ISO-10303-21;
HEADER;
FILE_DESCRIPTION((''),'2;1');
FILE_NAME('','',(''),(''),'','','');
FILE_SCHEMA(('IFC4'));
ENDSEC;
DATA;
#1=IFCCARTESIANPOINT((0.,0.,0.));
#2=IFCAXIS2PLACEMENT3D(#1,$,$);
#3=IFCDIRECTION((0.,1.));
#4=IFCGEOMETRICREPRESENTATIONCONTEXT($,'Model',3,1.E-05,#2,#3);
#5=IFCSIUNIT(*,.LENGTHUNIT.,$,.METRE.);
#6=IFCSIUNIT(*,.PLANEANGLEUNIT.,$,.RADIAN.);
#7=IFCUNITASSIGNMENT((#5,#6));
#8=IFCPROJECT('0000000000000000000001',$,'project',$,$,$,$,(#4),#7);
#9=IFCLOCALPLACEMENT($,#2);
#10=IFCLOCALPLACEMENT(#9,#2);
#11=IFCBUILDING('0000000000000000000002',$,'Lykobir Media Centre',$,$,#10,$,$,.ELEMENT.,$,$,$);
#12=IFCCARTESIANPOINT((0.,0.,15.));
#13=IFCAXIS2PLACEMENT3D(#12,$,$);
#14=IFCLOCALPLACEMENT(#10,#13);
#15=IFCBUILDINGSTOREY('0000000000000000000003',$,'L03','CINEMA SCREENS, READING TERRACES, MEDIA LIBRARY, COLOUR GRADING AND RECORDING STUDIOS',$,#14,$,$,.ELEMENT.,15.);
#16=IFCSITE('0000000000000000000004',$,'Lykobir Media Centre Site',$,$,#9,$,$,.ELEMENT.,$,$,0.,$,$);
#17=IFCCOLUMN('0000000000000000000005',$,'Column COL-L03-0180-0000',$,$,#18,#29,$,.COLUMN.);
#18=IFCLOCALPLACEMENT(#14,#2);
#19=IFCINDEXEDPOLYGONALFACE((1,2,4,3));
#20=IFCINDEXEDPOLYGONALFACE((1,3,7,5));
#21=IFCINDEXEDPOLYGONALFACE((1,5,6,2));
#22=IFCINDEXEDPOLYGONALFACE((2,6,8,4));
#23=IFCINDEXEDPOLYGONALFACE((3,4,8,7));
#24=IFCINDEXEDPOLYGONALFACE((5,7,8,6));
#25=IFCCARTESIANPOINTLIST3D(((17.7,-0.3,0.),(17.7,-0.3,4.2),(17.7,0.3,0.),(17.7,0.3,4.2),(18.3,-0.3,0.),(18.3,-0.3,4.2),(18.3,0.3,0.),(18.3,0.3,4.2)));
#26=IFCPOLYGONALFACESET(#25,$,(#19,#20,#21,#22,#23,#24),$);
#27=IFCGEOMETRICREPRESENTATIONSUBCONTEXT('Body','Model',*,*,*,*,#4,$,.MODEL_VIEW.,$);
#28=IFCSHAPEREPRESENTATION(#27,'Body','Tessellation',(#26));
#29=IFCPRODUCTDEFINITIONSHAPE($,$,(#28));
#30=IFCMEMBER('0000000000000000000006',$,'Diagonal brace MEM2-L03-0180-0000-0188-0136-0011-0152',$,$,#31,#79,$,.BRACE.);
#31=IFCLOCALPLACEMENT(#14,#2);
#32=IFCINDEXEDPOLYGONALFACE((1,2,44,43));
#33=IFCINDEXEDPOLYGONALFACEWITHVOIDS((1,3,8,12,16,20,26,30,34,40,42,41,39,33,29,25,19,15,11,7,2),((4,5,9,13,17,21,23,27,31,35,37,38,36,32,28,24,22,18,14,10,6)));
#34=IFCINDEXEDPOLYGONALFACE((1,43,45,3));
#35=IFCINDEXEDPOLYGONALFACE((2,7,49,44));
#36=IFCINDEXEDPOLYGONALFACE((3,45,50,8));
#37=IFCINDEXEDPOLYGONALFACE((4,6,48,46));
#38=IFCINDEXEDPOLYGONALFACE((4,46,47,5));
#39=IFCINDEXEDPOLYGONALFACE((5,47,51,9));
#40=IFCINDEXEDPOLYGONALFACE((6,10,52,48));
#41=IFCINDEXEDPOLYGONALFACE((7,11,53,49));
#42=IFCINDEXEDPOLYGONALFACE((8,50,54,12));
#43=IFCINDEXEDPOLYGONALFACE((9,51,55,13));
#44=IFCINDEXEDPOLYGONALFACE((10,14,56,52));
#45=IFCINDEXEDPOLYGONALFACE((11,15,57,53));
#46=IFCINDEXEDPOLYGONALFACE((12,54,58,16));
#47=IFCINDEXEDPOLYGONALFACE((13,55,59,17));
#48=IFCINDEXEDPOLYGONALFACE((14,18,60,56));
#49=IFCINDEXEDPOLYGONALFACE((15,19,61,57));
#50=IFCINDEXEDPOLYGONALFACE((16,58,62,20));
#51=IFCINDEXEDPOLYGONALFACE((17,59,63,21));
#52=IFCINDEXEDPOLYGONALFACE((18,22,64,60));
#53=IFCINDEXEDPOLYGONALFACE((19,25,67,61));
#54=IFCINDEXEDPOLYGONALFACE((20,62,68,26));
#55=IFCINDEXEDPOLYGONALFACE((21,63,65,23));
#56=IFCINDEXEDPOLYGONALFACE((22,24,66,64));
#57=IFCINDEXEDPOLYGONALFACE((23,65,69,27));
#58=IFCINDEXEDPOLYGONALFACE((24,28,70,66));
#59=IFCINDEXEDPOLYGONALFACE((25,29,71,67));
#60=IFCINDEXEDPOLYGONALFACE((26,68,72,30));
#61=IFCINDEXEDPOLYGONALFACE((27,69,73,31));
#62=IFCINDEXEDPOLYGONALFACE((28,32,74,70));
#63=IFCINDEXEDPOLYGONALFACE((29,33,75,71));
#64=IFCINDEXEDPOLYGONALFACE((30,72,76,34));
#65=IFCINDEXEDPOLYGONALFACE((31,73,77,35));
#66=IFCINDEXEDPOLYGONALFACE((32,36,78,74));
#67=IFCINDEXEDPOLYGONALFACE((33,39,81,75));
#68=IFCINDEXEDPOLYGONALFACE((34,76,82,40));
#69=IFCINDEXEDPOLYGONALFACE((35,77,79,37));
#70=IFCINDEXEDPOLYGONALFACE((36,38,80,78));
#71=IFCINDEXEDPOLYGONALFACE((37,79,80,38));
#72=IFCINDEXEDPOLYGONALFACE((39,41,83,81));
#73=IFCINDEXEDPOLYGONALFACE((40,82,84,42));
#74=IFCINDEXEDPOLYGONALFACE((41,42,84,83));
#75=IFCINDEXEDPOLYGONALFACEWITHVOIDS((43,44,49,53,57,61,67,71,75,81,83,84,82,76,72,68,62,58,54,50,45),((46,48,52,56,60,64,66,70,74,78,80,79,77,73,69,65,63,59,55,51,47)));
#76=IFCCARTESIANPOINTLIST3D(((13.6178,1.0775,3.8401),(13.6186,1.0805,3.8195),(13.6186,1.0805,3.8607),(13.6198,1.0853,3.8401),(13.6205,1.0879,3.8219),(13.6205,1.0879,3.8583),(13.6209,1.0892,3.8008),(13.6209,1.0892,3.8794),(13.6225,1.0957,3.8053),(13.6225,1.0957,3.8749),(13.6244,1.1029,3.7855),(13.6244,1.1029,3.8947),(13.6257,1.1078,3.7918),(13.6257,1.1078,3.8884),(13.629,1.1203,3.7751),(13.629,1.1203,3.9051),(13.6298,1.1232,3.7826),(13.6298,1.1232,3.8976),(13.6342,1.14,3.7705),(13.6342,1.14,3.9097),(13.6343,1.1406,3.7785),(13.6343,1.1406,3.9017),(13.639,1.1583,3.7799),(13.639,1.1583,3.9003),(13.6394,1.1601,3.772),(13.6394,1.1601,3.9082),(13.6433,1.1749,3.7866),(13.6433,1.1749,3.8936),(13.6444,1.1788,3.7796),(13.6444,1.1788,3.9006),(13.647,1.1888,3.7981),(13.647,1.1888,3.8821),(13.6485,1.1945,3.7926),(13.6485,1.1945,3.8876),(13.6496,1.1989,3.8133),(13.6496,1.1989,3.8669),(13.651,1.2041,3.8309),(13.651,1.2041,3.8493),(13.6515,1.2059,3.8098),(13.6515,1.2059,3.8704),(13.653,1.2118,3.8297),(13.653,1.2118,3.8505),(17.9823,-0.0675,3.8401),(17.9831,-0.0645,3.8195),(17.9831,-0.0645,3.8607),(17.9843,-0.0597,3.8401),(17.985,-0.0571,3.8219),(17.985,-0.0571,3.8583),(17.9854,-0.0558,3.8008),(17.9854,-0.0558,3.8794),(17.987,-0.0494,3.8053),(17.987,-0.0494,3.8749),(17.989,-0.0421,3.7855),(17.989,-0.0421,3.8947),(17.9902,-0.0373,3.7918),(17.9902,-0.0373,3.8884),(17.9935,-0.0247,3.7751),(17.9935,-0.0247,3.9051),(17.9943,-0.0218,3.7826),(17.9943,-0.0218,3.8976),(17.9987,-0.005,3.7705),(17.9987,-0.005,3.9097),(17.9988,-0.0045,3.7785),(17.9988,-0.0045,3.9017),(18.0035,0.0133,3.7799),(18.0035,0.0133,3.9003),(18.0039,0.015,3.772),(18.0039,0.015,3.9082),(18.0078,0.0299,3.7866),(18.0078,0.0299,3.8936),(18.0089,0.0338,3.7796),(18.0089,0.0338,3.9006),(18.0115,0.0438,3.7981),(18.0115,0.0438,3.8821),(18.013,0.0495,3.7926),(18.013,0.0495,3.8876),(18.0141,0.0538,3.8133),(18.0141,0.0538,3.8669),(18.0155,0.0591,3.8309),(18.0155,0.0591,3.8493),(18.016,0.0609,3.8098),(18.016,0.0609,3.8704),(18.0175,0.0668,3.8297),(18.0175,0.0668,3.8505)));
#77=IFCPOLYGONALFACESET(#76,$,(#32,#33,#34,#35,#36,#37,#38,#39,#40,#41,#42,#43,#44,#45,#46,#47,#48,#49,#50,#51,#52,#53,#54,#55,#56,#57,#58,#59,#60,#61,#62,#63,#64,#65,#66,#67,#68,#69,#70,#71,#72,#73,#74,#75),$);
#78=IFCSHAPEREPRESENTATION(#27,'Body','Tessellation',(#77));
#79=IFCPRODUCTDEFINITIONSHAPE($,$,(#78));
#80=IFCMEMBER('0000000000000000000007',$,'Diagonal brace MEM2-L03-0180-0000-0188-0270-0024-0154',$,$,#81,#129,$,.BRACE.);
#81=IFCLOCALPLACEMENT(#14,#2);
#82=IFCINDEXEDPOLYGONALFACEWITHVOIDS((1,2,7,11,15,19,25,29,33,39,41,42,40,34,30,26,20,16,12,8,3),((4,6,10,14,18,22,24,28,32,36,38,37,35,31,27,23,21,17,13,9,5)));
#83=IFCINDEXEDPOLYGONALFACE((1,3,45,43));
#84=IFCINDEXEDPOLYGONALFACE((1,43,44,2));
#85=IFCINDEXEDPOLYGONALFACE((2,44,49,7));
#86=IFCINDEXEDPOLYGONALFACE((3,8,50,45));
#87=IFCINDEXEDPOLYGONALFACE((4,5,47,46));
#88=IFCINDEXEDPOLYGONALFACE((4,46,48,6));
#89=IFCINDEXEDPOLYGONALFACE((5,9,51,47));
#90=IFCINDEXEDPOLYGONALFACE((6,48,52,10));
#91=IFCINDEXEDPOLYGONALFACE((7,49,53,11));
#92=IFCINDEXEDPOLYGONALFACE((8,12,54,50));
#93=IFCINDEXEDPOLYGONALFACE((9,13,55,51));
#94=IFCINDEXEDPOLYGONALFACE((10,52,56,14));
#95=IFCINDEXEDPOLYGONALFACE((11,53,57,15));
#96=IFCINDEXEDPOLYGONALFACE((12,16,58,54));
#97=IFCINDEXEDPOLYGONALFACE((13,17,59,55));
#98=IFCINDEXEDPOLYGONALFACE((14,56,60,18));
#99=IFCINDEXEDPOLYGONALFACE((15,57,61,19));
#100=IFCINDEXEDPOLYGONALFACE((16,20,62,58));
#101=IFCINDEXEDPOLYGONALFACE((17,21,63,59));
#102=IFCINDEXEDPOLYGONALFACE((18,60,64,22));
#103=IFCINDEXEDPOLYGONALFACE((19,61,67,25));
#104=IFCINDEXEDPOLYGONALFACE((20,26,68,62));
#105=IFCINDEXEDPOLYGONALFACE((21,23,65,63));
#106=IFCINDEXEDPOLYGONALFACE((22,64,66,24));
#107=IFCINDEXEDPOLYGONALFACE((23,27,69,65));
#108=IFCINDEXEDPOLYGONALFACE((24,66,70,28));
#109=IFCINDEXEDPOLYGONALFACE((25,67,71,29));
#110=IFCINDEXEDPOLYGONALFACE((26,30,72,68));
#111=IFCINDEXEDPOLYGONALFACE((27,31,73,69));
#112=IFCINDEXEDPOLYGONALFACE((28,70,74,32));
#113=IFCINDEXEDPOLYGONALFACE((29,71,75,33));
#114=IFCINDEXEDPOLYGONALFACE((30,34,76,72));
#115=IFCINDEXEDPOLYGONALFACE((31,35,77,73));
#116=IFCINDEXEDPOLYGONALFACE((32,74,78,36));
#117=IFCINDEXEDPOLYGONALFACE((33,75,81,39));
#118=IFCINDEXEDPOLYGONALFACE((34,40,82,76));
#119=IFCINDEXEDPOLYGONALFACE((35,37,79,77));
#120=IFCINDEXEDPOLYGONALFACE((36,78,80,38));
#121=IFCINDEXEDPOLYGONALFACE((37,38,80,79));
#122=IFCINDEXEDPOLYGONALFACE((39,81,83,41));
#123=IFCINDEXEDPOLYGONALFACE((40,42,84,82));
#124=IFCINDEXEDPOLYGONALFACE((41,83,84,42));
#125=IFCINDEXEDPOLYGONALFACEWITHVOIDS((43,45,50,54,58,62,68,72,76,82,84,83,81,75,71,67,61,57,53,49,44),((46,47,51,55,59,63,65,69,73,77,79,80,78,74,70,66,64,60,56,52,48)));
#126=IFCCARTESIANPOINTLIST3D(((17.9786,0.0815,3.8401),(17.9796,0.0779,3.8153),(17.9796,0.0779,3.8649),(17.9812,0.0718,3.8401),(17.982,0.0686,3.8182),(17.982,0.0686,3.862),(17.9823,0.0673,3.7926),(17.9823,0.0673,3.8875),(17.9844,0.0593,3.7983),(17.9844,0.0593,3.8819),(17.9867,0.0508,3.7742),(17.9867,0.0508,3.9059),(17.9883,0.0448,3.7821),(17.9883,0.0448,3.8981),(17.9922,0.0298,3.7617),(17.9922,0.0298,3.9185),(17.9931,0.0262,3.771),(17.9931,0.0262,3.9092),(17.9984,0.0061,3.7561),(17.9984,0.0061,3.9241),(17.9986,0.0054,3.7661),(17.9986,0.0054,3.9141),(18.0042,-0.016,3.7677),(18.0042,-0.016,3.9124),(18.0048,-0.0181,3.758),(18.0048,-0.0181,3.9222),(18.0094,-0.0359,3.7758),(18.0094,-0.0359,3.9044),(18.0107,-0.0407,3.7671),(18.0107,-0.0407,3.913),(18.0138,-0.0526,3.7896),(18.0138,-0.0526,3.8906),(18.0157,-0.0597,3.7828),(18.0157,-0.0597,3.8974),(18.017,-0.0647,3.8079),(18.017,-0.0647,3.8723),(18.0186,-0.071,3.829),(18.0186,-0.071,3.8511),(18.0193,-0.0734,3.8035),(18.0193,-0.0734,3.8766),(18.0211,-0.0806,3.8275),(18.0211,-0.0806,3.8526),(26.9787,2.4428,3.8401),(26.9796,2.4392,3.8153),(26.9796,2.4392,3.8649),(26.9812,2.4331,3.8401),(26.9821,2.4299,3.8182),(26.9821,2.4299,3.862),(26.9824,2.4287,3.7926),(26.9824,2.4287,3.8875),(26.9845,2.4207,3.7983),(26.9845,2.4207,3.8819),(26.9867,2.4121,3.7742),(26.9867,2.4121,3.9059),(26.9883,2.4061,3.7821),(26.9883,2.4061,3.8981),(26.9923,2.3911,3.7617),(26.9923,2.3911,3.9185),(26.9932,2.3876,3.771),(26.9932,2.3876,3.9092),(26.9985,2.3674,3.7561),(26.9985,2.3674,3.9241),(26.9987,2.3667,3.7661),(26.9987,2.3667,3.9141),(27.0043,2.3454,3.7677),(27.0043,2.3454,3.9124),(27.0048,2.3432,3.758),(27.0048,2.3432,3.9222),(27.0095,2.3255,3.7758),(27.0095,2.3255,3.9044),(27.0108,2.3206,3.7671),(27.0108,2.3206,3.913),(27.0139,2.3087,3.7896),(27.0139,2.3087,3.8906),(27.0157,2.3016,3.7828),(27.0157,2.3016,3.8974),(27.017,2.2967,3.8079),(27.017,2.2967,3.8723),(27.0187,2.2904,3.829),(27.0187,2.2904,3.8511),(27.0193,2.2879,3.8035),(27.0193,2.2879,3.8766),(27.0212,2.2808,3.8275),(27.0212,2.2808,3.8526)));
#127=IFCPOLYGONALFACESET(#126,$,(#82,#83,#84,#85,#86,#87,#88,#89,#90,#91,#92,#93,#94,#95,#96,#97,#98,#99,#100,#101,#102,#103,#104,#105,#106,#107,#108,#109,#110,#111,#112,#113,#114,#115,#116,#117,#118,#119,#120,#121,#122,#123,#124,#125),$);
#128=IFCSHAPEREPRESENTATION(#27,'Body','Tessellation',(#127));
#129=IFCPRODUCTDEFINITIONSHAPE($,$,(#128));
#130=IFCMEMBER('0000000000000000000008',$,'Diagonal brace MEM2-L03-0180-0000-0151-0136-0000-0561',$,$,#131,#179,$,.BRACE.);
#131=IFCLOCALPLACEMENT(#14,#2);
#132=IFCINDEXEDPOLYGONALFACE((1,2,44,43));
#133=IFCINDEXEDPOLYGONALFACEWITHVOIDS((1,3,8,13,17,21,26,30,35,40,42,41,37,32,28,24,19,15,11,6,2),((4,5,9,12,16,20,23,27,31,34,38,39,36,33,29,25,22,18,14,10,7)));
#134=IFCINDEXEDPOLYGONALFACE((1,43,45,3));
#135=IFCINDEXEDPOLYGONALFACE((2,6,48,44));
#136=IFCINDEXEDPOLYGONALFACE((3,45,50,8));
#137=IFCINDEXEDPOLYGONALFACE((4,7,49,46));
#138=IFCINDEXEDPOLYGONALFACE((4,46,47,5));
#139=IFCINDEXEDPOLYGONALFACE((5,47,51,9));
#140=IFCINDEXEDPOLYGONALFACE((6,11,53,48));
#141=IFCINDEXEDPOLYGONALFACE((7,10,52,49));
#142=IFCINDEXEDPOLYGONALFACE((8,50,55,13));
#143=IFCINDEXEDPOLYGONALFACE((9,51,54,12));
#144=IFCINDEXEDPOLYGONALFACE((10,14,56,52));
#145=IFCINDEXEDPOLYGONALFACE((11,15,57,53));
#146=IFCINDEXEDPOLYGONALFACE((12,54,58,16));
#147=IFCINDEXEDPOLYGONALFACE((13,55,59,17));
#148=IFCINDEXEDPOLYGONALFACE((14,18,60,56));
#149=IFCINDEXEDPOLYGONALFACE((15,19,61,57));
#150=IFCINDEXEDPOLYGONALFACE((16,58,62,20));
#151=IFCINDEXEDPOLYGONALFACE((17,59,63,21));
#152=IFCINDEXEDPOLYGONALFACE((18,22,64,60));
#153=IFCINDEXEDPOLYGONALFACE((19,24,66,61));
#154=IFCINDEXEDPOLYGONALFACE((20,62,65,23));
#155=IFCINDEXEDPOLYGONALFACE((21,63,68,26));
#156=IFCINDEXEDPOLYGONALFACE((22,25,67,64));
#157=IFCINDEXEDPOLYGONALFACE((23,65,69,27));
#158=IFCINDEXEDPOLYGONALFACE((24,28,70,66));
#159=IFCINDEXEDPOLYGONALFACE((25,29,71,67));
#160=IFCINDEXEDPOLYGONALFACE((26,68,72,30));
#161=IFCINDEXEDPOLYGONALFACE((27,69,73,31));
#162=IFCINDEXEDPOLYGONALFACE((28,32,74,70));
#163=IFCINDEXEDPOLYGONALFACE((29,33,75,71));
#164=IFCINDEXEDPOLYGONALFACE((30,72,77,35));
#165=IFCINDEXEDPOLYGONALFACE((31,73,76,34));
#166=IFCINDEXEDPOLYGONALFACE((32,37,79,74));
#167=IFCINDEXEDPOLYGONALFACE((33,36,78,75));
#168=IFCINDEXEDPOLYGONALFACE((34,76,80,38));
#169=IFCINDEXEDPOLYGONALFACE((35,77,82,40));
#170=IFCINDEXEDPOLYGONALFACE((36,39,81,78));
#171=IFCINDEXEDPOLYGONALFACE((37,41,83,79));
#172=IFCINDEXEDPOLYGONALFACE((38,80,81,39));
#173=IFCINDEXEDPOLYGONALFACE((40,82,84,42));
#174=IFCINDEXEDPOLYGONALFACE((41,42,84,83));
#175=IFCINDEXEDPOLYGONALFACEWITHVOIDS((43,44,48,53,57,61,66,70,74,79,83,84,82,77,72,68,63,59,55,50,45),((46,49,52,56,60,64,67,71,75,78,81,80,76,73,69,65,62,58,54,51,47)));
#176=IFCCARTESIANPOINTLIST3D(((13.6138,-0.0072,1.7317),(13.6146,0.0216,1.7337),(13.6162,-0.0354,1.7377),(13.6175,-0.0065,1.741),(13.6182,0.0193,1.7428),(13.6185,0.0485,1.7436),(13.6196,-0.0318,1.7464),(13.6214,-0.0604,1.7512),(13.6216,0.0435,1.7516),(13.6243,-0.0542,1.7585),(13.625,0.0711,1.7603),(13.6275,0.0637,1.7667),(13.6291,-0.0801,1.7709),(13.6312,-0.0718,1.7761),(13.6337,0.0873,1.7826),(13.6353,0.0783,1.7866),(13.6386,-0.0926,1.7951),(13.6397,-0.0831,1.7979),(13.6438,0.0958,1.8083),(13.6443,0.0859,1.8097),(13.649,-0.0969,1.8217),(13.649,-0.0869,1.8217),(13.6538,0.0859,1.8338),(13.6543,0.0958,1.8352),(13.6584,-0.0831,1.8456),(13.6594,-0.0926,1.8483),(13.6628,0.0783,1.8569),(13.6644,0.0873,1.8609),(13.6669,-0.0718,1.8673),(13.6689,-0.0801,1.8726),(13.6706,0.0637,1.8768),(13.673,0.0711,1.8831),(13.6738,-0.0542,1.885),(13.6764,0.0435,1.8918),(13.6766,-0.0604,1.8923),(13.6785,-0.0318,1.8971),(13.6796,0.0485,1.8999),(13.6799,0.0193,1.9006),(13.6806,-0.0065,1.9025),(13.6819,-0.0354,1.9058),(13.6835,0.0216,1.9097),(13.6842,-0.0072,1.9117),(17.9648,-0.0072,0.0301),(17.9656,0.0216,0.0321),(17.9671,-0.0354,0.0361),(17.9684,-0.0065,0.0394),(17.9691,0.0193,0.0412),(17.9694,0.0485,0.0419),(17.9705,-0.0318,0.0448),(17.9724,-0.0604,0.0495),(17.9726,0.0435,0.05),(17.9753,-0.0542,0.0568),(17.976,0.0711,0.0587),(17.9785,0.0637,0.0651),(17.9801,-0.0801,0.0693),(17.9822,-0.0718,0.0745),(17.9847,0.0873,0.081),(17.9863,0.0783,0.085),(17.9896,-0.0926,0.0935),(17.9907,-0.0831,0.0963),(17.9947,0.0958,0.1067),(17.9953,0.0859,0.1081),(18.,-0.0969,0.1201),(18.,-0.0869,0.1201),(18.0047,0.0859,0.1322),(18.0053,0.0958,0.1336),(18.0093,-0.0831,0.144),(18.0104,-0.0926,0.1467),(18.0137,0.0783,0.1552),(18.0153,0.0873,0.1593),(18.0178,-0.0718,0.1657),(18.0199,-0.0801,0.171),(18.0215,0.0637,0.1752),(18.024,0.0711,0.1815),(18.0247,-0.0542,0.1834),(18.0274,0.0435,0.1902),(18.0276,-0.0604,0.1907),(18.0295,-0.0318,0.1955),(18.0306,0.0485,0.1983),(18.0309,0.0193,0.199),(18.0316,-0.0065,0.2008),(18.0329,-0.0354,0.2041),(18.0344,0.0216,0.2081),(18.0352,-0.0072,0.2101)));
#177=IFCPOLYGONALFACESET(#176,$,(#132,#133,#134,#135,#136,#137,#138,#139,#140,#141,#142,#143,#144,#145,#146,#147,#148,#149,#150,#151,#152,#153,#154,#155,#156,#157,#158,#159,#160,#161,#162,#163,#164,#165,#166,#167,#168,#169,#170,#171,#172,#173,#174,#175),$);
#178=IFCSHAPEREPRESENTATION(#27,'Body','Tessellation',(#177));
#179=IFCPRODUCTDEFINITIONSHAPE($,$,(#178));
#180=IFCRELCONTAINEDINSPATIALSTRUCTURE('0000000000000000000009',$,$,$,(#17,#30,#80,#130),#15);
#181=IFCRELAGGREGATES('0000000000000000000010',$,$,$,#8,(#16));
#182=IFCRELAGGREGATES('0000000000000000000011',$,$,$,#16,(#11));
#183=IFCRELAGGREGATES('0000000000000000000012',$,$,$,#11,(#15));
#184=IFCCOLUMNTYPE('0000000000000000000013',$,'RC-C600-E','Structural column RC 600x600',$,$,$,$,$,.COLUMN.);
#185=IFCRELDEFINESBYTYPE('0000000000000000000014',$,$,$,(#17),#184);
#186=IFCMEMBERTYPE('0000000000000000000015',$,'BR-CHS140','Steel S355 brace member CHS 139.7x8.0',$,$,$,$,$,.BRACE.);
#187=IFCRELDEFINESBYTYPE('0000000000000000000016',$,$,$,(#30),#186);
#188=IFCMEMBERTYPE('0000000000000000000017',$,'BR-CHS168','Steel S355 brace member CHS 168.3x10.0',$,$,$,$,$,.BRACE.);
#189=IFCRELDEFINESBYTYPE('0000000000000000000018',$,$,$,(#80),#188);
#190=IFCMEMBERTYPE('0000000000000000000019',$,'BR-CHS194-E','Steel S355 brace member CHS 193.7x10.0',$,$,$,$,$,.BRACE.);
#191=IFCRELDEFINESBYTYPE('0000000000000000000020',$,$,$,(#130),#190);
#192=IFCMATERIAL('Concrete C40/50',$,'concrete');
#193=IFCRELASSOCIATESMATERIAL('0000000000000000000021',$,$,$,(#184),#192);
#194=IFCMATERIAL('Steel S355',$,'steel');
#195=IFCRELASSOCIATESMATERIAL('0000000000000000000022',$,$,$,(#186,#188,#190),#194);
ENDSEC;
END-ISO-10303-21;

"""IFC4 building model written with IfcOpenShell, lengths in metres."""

from ifc_helpers import new_model, si_unit, direction, frame, origin, origin_2d, place, context, subcontext, project, spatial, rectangle, hollow_circle, extrude, material, material_profile, profile_set, type_object, element, save


model = new_model("IFC4")

# Units and contexts
model_context = context("Model", 3, precision=1e-05, world=origin(), true_north=direction((0.0, 1.0)))
body_context = subcontext(model_context, "Body", "Model", "MODEL_VIEW")
ifc_project = project(units=[si_unit("LENGTHUNIT", "METRE"), si_unit("PLANEANGLEUNIT", "RADIAN")], contexts=[model_context])

# Site, building, storey
site_placement = place(None, origin())
site = spatial("IfcSite", under=ifc_project, at=site_placement, Name="Lykobir Media Centre Site", CompositionType="ELEMENT", RefElevation=0.0)
building_placement = place(site_placement, origin())
building = spatial("IfcBuilding", under=site, at=building_placement, Name="Lykobir Media Centre", CompositionType="ELEMENT")
storey_placement = place(building_placement, frame((0.0, 0.0, 15.0)))
storey = spatial("IfcBuildingStorey", under=building, at=storey_placement, Name="L03", Description="CINEMA SCREENS, READING TERRACES, MEDIA LIBRARY, COLOUR GRADING AND RECORDING STUDIOS", CompositionType="ELEMENT", Elevation=15.0)

# Column
ifc_material_1 = material(Name="Concrete C40/50", Category="concrete")
ifc_material_profile_1 = material_profile(ifc_material_1, rectangle(XDim=0.6001, YDim=0.6001, at=origin_2d()), Name="RC 600x600")
ifc_profile_set_1 = profile_set([ifc_material_profile_1], Name="Concrete C40/50")
column_type = type_object("IfcColumnType", Name="RC-C600-E", Description="Structural column RC 600x600", PredefinedType="COLUMN", material=ifc_profile_set_1)
column_placement = place(storey_placement, frame((18.0, 0.0, 0.0), z_axis=(0.0, 0.0, 1.0), x_axis=(1.0, 0.0, 0.0)))
element("IfcColumn", 1, at=column_placement, inside=storey, type_object=column_type, Name="Column COL-L03-0180-0000", PredefinedType="COLUMN", context=body_context, shape_type="SweptSolid", body=[
    extrude(rectangle(XDim=0.6001, YDim=0.6001, at=origin_2d()), origin(), (0.0, 0.0, 1.0), 4.2),
])

# Members
ifc_material_2 = material(Name="Steel S355", Category="steel")
ifc_material_profile_2 = material_profile(ifc_material_2, hollow_circle(Radius=0.0698, WallThickness=0.0081, at=origin_2d()), Name="CHS 139.7x8.0")
ifc_profile_set_2 = profile_set([ifc_material_profile_2], Name="Steel S355")
member_type_1 = type_object("IfcMemberType", Name="BR-CHS140", Description="Steel S355 brace member CHS 139.7x8.0", PredefinedType="BRACE", material=ifc_profile_set_2)
member_1_placement = place(storey_placement, frame((18.0, 0.0, 3.8401), z_axis=(-0.967267, 0.253761, 0.0), x_axis=(-0.253761, -0.967267, 0.0)))
element("IfcMember", 2, at=member_1_placement, inside=storey, type_object=member_type_1, Name="Diagonal brace MEM2-L03-0180-0000-0188-0136-0011-0152", PredefinedType="BRACE", context=body_context, shape_type="SweptSolid", body=[
    extrude(hollow_circle(Radius=0.0698, WallThickness=0.0081, at=origin_2d()), origin(), (0.0, 0.0, 1.0), 4.5122),
])
ifc_material_profile_3 = material_profile(ifc_material_2, hollow_circle(Radius=0.0842, WallThickness=0.01, at=origin_2d()), Name="CHS 168.3x10.0")
ifc_profile_set_3 = profile_set([ifc_material_profile_3], Name="Steel S355")
member_type_2 = type_object("IfcMemberType", Name="BR-CHS168", Description="Steel S355 brace member CHS 168.3x10.0", PredefinedType="BRACE", material=ifc_profile_set_3)
member_2_placement = place(storey_placement, frame((18.0, 0.0, 3.8401), z_axis=(0.967262, 0.25378, 0.0), x_axis=(-0.25378, 0.967262, 0.0)))
element("IfcMember", 3, at=member_2_placement, inside=storey, type_object=member_type_2, Name="Diagonal brace MEM2-L03-0180-0000-0188-0270-0024-0154", PredefinedType="BRACE", context=body_context, shape_type="SweptSolid", body=[
    extrude(hollow_circle(Radius=0.0842, WallThickness=0.01, at=origin_2d()), origin(), (0.0, 0.0, 1.0), 9.3047),
])
ifc_material_profile_4 = material_profile(ifc_material_2, hollow_circle(Radius=0.0969, WallThickness=0.01, at=origin_2d()), Name="CHS 193.7x10.0")
ifc_profile_set_4 = profile_set([ifc_material_profile_4], Name="Steel S355")
member_type_3 = type_object("IfcMemberType", Name="BR-CHS194-E", Description="Steel S355 brace member CHS 193.7x10.0", PredefinedType="BRACE", material=ifc_profile_set_4)
member_3_placement = place(storey_placement, frame((18.0, 0.0, 0.1201), z_axis=(-0.931311, 0.0, 0.364226), x_axis=(0.0, -1.0, 0.0)))
element("IfcMember", 4, at=member_3_placement, inside=storey, type_object=member_type_3, Name="Diagonal brace MEM2-L03-0180-0000-0151-0136-0000-0561", PredefinedType="BRACE", context=body_context, shape_type="SweptSolid", body=[
    extrude(hollow_circle(Radius=0.0969, WallThickness=0.01, at=origin_2d()), origin(), (0.0, 0.0, 1.0), 4.6719),
])

save(model, "model.ifc")
